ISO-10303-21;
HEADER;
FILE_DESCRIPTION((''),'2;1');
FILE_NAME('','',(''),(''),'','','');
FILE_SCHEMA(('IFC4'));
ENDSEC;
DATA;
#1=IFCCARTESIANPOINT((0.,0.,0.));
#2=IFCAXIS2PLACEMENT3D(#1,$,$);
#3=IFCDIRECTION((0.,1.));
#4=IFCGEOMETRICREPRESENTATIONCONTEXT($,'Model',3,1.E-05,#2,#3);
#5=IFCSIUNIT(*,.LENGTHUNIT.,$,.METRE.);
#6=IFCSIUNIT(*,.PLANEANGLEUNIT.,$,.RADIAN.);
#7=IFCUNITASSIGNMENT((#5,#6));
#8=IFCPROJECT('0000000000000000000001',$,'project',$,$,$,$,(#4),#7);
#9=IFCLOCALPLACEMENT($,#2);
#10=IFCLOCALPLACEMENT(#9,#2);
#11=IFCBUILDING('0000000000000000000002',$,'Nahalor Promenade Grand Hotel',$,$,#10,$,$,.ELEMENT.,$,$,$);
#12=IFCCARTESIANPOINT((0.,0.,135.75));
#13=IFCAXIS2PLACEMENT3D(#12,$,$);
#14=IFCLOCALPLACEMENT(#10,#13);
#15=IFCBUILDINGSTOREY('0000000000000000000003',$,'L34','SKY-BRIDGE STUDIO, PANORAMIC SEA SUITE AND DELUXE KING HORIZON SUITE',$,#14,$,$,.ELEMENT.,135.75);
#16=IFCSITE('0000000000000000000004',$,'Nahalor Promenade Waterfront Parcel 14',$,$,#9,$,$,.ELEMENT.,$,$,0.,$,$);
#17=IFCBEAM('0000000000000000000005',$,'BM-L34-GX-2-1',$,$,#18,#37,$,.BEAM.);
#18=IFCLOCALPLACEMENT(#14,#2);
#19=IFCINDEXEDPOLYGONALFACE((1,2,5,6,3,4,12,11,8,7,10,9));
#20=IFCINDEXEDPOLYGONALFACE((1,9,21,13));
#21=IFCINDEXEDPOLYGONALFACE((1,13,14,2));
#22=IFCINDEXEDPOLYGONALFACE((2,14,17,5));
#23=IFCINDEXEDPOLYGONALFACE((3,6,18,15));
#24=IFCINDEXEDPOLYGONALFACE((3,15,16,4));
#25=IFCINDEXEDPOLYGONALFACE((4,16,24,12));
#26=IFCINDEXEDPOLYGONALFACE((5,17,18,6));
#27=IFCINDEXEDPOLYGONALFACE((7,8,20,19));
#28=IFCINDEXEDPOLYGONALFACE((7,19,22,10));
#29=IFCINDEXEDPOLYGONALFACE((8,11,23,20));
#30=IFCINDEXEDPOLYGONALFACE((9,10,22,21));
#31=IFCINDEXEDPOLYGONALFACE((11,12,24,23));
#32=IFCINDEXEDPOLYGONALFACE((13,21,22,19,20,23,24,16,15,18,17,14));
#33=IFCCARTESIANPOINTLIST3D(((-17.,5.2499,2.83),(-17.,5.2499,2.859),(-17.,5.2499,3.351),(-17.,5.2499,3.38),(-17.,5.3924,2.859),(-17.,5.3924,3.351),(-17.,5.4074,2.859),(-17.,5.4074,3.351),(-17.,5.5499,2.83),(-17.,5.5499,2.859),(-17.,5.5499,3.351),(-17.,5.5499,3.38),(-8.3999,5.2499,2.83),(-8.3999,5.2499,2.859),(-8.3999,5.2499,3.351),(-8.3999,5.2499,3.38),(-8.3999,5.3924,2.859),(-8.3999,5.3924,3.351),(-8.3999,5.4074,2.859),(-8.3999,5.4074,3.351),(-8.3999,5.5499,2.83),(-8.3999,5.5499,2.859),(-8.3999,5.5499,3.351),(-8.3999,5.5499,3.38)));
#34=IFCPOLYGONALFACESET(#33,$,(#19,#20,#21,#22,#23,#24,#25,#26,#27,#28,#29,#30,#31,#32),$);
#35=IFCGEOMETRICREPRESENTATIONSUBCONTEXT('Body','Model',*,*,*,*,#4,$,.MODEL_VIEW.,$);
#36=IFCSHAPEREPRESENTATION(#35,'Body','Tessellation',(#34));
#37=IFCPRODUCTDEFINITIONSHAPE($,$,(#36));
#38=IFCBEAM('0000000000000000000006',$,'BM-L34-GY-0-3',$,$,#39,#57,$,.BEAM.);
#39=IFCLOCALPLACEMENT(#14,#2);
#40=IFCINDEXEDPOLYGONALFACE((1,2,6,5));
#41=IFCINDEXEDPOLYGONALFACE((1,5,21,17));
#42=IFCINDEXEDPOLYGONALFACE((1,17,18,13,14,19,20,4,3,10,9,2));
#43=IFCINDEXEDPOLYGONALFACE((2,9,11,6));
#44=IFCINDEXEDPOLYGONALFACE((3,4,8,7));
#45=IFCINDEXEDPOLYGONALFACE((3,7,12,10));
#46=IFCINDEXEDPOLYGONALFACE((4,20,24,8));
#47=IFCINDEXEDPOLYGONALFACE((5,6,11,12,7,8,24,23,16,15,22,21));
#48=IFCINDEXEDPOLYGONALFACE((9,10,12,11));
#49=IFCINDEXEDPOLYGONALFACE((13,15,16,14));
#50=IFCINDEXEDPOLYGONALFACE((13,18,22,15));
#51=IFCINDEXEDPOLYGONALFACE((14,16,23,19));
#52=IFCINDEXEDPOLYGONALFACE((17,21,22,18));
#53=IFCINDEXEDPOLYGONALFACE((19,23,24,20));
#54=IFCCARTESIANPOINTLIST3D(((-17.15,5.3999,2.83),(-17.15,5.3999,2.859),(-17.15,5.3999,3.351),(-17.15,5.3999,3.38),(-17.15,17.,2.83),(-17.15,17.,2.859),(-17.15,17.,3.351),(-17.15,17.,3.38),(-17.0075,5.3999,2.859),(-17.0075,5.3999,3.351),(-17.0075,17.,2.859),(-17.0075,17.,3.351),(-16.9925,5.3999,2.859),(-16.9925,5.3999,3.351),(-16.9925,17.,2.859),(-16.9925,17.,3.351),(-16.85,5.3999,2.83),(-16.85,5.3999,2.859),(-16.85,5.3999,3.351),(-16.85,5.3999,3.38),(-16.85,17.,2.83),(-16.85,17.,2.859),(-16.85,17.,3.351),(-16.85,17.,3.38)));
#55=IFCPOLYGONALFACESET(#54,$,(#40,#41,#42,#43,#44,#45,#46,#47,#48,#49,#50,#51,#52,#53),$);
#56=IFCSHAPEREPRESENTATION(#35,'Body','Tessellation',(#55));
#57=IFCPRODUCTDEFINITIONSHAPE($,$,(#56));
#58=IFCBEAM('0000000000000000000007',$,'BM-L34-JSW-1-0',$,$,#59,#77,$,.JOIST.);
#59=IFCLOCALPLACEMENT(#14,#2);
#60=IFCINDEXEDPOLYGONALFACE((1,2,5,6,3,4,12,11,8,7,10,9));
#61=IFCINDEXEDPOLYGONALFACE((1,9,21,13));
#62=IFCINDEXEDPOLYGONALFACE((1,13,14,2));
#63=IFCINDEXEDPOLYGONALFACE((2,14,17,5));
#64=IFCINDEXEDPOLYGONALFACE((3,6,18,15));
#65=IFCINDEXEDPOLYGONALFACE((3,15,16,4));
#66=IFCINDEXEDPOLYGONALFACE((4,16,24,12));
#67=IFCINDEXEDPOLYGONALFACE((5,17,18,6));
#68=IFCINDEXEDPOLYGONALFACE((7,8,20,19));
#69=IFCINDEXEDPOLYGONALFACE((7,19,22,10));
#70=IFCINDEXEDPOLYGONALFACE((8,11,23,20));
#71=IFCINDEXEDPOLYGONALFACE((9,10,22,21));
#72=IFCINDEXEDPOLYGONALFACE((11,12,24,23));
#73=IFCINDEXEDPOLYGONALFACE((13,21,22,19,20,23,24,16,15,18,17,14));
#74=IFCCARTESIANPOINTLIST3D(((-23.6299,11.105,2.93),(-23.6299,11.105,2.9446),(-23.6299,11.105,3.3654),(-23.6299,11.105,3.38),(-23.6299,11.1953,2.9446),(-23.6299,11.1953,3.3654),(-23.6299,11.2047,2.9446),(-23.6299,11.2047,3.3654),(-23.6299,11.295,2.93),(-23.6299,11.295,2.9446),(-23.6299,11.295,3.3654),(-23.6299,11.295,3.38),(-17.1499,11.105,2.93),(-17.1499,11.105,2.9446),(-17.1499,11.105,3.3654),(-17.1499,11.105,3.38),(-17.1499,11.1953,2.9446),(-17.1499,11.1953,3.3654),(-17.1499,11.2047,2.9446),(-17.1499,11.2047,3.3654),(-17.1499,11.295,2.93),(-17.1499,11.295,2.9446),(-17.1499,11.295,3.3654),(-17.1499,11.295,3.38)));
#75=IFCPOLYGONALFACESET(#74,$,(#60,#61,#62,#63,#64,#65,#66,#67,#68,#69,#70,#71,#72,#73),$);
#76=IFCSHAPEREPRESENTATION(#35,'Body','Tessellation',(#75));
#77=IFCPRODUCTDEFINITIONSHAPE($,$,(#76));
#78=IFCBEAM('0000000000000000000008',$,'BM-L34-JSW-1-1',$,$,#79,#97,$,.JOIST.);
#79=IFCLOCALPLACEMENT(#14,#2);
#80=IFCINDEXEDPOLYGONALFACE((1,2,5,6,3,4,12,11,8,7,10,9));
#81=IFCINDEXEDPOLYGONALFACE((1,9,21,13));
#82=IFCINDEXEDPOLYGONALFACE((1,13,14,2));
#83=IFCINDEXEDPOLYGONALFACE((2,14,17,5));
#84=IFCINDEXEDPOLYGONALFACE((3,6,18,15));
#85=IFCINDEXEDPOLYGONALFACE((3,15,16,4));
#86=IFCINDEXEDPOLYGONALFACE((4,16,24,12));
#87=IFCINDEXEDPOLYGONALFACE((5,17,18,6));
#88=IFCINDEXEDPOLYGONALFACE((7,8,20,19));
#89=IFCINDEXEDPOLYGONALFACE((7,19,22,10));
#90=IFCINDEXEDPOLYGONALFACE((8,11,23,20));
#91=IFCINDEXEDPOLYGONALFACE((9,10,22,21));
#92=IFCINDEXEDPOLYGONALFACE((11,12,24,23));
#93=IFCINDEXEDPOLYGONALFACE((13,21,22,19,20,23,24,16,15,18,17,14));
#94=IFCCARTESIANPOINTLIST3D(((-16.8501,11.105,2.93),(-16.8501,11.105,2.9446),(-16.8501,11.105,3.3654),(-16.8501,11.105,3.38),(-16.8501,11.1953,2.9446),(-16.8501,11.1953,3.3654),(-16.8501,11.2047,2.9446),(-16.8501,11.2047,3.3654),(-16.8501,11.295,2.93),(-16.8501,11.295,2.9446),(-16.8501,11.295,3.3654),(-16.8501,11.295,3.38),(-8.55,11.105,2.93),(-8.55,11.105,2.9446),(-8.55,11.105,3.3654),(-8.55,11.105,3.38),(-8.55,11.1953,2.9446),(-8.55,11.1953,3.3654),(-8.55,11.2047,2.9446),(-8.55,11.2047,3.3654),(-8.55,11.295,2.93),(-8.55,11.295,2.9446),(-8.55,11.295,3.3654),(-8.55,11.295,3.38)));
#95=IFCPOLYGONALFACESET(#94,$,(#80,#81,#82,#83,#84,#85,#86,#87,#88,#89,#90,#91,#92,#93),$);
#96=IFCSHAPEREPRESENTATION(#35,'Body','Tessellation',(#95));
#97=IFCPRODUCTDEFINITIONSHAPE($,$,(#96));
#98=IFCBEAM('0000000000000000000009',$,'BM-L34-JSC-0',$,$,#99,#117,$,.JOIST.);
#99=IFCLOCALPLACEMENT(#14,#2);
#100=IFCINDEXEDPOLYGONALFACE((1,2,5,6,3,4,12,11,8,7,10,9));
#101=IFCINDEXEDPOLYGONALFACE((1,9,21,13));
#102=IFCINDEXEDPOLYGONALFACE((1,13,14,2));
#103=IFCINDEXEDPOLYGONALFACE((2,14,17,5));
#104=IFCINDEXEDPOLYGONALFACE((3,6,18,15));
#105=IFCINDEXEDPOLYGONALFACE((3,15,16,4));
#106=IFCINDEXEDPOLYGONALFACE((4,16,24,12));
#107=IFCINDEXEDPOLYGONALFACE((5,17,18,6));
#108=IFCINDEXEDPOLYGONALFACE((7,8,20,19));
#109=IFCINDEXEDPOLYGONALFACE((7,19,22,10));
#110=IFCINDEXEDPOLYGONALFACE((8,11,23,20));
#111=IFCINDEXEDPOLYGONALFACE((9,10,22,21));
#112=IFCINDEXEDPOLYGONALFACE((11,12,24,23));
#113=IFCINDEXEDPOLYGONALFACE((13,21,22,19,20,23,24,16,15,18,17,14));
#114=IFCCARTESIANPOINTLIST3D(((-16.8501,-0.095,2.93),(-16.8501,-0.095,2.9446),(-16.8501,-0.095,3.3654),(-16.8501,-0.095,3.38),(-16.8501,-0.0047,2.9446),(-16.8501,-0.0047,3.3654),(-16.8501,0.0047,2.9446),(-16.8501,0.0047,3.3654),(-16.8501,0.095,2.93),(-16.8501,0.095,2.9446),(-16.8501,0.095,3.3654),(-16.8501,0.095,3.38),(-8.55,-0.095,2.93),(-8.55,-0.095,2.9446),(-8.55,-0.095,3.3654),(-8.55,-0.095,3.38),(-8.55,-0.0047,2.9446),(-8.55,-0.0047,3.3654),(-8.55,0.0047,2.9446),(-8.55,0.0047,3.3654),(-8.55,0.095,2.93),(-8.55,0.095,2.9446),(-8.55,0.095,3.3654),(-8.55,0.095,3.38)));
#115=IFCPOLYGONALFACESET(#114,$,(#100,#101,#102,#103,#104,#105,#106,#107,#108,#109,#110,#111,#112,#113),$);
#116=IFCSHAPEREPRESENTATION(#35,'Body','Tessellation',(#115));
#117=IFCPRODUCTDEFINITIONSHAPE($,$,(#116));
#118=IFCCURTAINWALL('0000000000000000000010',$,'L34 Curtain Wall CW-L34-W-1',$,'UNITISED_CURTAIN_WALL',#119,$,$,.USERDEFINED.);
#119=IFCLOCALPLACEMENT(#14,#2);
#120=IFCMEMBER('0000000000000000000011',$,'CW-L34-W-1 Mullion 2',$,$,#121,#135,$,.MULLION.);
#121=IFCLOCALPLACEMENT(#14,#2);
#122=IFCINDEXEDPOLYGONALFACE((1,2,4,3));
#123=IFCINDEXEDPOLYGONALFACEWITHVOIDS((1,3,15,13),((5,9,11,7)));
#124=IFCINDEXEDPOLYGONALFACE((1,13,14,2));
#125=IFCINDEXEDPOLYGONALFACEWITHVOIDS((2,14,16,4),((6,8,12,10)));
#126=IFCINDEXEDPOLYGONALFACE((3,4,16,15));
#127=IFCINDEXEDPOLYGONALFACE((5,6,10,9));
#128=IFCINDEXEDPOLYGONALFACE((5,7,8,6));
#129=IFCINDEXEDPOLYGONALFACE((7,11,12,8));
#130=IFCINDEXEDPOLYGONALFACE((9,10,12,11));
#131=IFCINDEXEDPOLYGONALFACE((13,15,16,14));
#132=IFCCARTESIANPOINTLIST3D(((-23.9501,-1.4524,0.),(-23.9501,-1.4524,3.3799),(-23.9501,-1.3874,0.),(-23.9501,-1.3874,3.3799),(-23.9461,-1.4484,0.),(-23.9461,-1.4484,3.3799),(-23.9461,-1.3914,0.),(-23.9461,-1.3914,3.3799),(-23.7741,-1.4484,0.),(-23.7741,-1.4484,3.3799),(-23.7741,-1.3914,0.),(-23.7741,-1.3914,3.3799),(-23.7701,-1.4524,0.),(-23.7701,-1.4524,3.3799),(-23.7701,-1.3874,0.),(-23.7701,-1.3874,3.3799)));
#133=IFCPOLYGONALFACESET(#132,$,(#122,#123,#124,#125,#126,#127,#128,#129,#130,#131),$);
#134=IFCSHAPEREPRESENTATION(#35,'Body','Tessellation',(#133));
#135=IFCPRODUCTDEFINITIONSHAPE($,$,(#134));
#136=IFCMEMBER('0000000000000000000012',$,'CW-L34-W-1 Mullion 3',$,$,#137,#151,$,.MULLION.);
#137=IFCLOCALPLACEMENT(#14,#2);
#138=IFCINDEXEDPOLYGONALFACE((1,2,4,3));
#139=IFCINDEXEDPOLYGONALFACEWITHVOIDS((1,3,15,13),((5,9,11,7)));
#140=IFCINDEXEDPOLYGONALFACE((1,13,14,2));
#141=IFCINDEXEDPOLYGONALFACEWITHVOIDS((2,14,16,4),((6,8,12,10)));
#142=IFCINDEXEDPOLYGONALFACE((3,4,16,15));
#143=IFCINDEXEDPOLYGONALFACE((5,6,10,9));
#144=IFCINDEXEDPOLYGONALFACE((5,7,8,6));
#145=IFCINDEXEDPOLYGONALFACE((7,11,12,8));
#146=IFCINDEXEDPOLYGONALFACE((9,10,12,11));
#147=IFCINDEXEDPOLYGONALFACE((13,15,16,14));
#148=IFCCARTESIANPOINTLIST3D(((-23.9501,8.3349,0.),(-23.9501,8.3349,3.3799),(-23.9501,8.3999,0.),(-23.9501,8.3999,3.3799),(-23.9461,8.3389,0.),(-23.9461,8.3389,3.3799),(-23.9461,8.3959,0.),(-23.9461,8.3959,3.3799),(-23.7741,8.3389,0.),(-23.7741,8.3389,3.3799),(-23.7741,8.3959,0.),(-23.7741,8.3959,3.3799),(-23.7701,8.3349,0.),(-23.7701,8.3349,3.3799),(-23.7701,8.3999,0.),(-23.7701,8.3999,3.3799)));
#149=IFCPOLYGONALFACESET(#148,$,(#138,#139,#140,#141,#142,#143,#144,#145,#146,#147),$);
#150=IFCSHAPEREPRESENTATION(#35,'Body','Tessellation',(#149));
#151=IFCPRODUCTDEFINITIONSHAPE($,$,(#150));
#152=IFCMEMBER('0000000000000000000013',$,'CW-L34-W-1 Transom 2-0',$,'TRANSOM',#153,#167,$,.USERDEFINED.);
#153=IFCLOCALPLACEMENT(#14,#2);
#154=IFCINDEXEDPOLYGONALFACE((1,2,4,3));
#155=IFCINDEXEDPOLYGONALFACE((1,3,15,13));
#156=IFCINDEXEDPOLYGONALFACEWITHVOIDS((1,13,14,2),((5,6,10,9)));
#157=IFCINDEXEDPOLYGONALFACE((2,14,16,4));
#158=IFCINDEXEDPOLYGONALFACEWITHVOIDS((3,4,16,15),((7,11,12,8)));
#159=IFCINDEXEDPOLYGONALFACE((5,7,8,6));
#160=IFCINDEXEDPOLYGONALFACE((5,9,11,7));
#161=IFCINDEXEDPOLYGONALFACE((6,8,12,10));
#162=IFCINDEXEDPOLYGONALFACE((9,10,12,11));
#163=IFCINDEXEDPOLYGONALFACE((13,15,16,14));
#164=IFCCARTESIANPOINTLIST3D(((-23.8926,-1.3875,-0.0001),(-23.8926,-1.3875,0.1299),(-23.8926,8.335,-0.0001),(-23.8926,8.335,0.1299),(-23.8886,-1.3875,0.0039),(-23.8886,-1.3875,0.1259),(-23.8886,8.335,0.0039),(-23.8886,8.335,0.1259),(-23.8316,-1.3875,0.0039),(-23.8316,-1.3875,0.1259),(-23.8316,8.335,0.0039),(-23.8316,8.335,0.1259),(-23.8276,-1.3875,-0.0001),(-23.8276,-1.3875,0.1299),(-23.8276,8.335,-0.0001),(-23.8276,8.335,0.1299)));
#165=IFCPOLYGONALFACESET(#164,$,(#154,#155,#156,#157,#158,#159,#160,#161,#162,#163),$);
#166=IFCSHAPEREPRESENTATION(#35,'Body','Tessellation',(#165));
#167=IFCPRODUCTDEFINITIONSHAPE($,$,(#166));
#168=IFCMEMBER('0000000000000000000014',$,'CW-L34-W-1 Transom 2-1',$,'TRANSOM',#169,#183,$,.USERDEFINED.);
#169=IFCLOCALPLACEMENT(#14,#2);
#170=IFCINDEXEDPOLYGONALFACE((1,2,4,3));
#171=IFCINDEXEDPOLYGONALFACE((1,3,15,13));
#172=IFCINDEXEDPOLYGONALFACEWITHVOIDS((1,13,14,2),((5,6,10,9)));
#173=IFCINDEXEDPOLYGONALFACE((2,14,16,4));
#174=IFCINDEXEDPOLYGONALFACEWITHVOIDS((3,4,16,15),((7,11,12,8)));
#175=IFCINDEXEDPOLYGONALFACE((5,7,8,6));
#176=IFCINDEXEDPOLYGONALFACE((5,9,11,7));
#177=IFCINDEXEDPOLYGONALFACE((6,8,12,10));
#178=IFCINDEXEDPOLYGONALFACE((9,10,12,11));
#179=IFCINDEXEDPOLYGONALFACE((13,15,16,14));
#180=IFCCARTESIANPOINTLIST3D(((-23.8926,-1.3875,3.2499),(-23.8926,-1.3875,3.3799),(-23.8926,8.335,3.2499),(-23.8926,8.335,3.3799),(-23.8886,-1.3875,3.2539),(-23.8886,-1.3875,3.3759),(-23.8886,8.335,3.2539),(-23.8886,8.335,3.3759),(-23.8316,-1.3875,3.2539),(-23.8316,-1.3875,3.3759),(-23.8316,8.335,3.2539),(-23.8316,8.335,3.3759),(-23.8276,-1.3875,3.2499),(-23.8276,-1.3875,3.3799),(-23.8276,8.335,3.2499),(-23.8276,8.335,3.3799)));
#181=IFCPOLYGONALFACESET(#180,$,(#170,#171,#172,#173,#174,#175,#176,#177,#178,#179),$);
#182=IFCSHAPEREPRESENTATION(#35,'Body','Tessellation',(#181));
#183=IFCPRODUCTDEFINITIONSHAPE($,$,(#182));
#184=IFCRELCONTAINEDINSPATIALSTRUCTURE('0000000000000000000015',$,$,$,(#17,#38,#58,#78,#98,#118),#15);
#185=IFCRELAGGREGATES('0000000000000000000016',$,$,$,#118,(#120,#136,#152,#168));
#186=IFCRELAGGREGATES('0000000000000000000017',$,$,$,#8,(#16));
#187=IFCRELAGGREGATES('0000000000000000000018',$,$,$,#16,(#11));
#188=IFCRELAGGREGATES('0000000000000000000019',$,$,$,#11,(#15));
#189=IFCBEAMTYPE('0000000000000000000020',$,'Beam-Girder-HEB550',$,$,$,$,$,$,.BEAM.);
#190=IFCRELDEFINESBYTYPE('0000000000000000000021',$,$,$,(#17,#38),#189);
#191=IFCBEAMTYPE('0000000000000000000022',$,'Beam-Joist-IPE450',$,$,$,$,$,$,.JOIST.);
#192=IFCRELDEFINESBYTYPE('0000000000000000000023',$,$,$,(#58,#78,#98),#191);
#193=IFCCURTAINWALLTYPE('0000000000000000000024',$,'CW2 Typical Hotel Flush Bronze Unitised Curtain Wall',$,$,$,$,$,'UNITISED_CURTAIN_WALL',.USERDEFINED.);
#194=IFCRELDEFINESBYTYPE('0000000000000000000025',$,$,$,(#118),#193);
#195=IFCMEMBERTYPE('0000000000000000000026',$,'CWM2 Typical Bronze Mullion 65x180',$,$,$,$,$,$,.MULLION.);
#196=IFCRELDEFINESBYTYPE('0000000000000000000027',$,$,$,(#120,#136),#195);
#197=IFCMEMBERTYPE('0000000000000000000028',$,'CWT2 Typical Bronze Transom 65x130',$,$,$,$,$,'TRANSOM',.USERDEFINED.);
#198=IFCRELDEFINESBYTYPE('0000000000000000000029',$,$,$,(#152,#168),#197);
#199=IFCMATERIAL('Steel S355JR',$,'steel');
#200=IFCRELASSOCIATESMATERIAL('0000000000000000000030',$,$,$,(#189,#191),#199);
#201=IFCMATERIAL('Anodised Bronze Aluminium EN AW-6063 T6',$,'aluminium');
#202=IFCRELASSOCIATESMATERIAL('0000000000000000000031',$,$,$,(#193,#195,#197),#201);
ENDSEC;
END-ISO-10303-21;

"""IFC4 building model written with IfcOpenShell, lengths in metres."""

from ifc_helpers import new_model, si_unit, direction, frame, origin, origin_2d, place, context, subcontext, project, spatial, hollow_rectangle, i_section, extrude, source, transform, mapped, material, material_profile, profile_set, type_object, element, aggregate, save


model = new_model("IFC4")

# Units and contexts
model_context = context("Model", 3, precision=1e-05, world=origin(), true_north=direction((0.0, 1.0)))
body_context = subcontext(model_context, "Body", "Model", "MODEL_VIEW")
ifc_project = project(units=[si_unit("LENGTHUNIT", "METRE"), si_unit("PLANEANGLEUNIT", "RADIAN")], contexts=[model_context])

# Site, building, storey
site_placement = place(None, origin())
site = spatial("IfcSite", under=ifc_project, at=site_placement, Name="Nahalor Promenade Waterfront Parcel 14", CompositionType="ELEMENT", RefElevation=0.0)
building_placement = place(site_placement, origin())
building = spatial("IfcBuilding", under=site, at=building_placement, Name="Nahalor Promenade Grand Hotel", CompositionType="ELEMENT")
storey_placement = place(building_placement, frame((0.0, 0.0, 135.75)))
storey = spatial("IfcBuildingStorey", under=building, at=storey_placement, Name="L34", Description="SKY-BRIDGE STUDIO, PANORAMIC SEA SUITE AND DELUXE KING HORIZON SUITE", CompositionType="ELEMENT", Elevation=135.75)

# Beams
ifc_material_1 = material(Name="Steel S355JR", Category="steel")
ifc_material_profile_1 = material_profile(ifc_material_1, i_section(OverallWidth=0.3, OverallDepth=0.55, WebThickness=0.015, FlangeThickness=0.029, at=origin_2d()), Name="HEB 550")
ifc_profile_set_1 = profile_set([ifc_material_profile_1], Name="Steel S355JR")
beam_type_1 = type_object("IfcBeamType", Name="Beam-Girder-HEB550", PredefinedType="BEAM", material=ifc_profile_set_1)
shared_shape_1 = source(origin(), body_context, "Body", "SweptSolid", [
    extrude(i_section(OverallWidth=0.3, OverallDepth=0.55, WebThickness=0.015, FlangeThickness=0.029, at=origin_2d()), origin(), (0.0, 0.0, 1.0), 8.6001),
])
beam_1_placement = place(storey_placement, frame((-17.0, 5.3999, 3.105), z_axis=(1.0, 0.0, 0.0), x_axis=(0.0, 1.0, 0.0)))
element("IfcBeam", 1, at=beam_1_placement, inside=storey, type_object=beam_type_1, Name="BM-L34-GX-2-1", PredefinedType="BEAM", context=body_context, shape_type="MappedRepresentation", body=[
    mapped(shared_shape_1, transform((0.0, 0.0, 0.0), scale=1.0)),
])
shared_shape_2 = source(origin(), body_context, "Body", "SweptSolid", [
    extrude(i_section(OverallWidth=0.3, OverallDepth=0.55, WebThickness=0.015, FlangeThickness=0.029, at=origin_2d()), origin(), (0.0, 0.0, 1.0), 11.6001),
])
beam_2_placement = place(storey_placement, frame((-17.0, 5.3999, 3.105), z_axis=(0.0, 1.0, 0.0), x_axis=(-1.0, 0.0, 0.0)))
element("IfcBeam", 2, at=beam_2_placement, inside=storey, type_object=beam_type_1, Name="BM-L34-GY-0-3", PredefinedType="BEAM", context=body_context, shape_type="MappedRepresentation", body=[
    mapped(shared_shape_2, transform((0.0, 0.0, 0.0), scale=1.0)),
])
ifc_material_profile_2 = material_profile(ifc_material_1, i_section(OverallWidth=0.19, OverallDepth=0.45, WebThickness=0.0094, FlangeThickness=0.0146, at=origin_2d()), Name="IPE 450")
ifc_profile_set_2 = profile_set([ifc_material_profile_2], Name="Steel S355JR")
beam_type_2 = type_object("IfcBeamType", Name="Beam-Joist-IPE450", PredefinedType="JOIST", material=ifc_profile_set_2)
shared_shape_3 = source(origin(), body_context, "Body", "SweptSolid", [
    extrude(i_section(OverallWidth=0.19, OverallDepth=0.45, WebThickness=0.0094, FlangeThickness=0.0146, at=origin_2d()), origin(), (0.0, 0.0, 1.0), 6.48),
])
beam_3_placement = place(storey_placement, frame((-23.6299, 11.2, 3.155), z_axis=(1.0, 0.0, 0.0), x_axis=(0.0, 1.0, 0.0)))
element("IfcBeam", 3, at=beam_3_placement, inside=storey, type_object=beam_type_2, Name="BM-L34-JSW-1-0", PredefinedType="JOIST", context=body_context, shape_type="MappedRepresentation", body=[
    mapped(shared_shape_3, transform((0.0, 0.0, 0.0), scale=1.0)),
])
shared_shape_4 = source(origin(), body_context, "Body", "SweptSolid", [
    extrude(i_section(OverallWidth=0.19, OverallDepth=0.45, WebThickness=0.0094, FlangeThickness=0.0146, at=origin_2d()), origin(), (0.0, 0.0, 1.0), 8.3),
])
for number, where, z_axis, x_axis, name in (
    (4, (-16.8501, 11.2, 3.155), (1.0, 0.0, 0.0), (0.0, 1.0, 0.0), "BM-L34-JSW-1-1"),
    (5, (-16.8501, 0.0, 3.155), (1.0, 0.0, 0.0), (0.0, 1.0, 0.0), "BM-L34-JSC-0"),
):
    element("IfcBeam", number, at=place(storey_placement, frame(where, z_axis=z_axis, x_axis=x_axis)), inside=storey, type_object=beam_type_2, Name=name, PredefinedType="JOIST", context=body_context, shape_type="MappedRepresentation", body=[
        mapped(shared_shape_4, transform((0.0, 0.0, 0.0), scale=1.0)),
    ])

# Curtain wall, members
ifc_material_2 = material(Name="Anodised Bronze Aluminium EN AW-6063 T6", Category="aluminium")
curtain_wall_type = type_object("IfcCurtainWallType", Name="CW2 Typical Hotel Flush Bronze Unitised Curtain Wall", ElementType="UNITISED_CURTAIN_WALL", PredefinedType="USERDEFINED", material=ifc_material_2)
curtain_wall_placement = place(storey_placement, origin())
curtain_wall = element("IfcCurtainWall", 6, at=curtain_wall_placement, inside=storey, type_object=curtain_wall_type, Name="L34 Curtain Wall CW-L34-W-1", ObjectType="UNITISED_CURTAIN_WALL", PredefinedType="USERDEFINED")
ifc_material_profile_3 = material_profile(ifc_material_2, hollow_rectangle(XDim=0.065, YDim=0.18, WallThickness=0.004, at=origin_2d()), Name="CWM 65x180x4")
ifc_profile_set_3 = profile_set([ifc_material_profile_3], Name="Anodised Bronze Aluminium EN AW-6063 T6")
member_type_1 = type_object("IfcMemberType", Name="CWM2 Typical Bronze Mullion 65x180", PredefinedType="MULLION", material=ifc_profile_set_3)
shared_shape_5 = source(origin(), body_context, "Body", "SweptSolid", [
    extrude(hollow_rectangle(XDim=0.065, YDim=0.18, WallThickness=0.004, at=origin_2d()), origin(), (0.0, 0.0, 1.0), 3.3799),
])
member_1_placement = place(storey_placement, frame((-23.8601, -1.4199, 0.0), z_axis=(0.0, 0.0, 1.0), x_axis=(0.0, 1.0, 0.0)))
member_1 = element("IfcMember", 7, at=member_1_placement, type_object=member_type_1, Name="CW-L34-W-1 Mullion 2", PredefinedType="MULLION", context=body_context, shape_type="MappedRepresentation", body=[
    mapped(shared_shape_5, transform((0.0, 0.0, 0.0), scale=1.0)),
])
member_2_placement = place(storey_placement, frame((-23.8601, 8.3674, 0.0), z_axis=(0.0, 0.0, 1.0), x_axis=(0.0, 1.0, 0.0)))
member_2 = element("IfcMember", 8, at=member_2_placement, type_object=member_type_1, Name="CW-L34-W-1 Mullion 3", PredefinedType="MULLION", context=body_context, shape_type="MappedRepresentation", body=[
    mapped(shared_shape_5, transform((0.0, 0.0, 0.0), scale=1.0)),
])
ifc_material_profile_4 = material_profile(ifc_material_2, hollow_rectangle(XDim=0.065, YDim=0.13, WallThickness=0.004, at=origin_2d()), Name="CWT 65x130x4")
ifc_profile_set_4 = profile_set([ifc_material_profile_4], Name="Anodised Bronze Aluminium EN AW-6063 T6")
member_type_2 = type_object("IfcMemberType", Name="CWT2 Typical Bronze Transom 65x130", ElementType="TRANSOM", PredefinedType="USERDEFINED", material=ifc_profile_set_4)
shared_shape_6 = source(origin(), body_context, "Body", "SweptSolid", [
    extrude(hollow_rectangle(XDim=0.065, YDim=0.13, WallThickness=0.004, at=origin_2d()), origin(), (0.0, 0.0, 1.0), 9.7224),
])
member_3_placement = place(storey_placement, frame((-23.8601, -1.3875, 0.0649), z_axis=(0.0, 1.0, 0.0), x_axis=(-1.0, 0.0, 0.0)))
member_3 = element("IfcMember", 9, at=member_3_placement, type_object=member_type_2, Name="CW-L34-W-1 Transom 2-0", ObjectType="TRANSOM", PredefinedType="USERDEFINED", context=body_context, shape_type="MappedRepresentation", body=[
    mapped(shared_shape_6, transform((0.0, 0.0, 0.0), scale=1.0)),
])
member_4_placement = place(storey_placement, frame((-23.8601, -1.3875, 3.3149), z_axis=(0.0, 1.0, 0.0), x_axis=(-1.0, 0.0, 0.0)))
member_4 = element("IfcMember", 10, at=member_4_placement, type_object=member_type_2, Name="CW-L34-W-1 Transom 2-1", ObjectType="TRANSOM", PredefinedType="USERDEFINED", context=body_context, shape_type="MappedRepresentation", body=[
    mapped(shared_shape_6, transform((0.0, 0.0, 0.0), scale=1.0)),
])
aggregate(curtain_wall, [member_1, member_2, member_3, member_4])

save(model, "model.ifc")
